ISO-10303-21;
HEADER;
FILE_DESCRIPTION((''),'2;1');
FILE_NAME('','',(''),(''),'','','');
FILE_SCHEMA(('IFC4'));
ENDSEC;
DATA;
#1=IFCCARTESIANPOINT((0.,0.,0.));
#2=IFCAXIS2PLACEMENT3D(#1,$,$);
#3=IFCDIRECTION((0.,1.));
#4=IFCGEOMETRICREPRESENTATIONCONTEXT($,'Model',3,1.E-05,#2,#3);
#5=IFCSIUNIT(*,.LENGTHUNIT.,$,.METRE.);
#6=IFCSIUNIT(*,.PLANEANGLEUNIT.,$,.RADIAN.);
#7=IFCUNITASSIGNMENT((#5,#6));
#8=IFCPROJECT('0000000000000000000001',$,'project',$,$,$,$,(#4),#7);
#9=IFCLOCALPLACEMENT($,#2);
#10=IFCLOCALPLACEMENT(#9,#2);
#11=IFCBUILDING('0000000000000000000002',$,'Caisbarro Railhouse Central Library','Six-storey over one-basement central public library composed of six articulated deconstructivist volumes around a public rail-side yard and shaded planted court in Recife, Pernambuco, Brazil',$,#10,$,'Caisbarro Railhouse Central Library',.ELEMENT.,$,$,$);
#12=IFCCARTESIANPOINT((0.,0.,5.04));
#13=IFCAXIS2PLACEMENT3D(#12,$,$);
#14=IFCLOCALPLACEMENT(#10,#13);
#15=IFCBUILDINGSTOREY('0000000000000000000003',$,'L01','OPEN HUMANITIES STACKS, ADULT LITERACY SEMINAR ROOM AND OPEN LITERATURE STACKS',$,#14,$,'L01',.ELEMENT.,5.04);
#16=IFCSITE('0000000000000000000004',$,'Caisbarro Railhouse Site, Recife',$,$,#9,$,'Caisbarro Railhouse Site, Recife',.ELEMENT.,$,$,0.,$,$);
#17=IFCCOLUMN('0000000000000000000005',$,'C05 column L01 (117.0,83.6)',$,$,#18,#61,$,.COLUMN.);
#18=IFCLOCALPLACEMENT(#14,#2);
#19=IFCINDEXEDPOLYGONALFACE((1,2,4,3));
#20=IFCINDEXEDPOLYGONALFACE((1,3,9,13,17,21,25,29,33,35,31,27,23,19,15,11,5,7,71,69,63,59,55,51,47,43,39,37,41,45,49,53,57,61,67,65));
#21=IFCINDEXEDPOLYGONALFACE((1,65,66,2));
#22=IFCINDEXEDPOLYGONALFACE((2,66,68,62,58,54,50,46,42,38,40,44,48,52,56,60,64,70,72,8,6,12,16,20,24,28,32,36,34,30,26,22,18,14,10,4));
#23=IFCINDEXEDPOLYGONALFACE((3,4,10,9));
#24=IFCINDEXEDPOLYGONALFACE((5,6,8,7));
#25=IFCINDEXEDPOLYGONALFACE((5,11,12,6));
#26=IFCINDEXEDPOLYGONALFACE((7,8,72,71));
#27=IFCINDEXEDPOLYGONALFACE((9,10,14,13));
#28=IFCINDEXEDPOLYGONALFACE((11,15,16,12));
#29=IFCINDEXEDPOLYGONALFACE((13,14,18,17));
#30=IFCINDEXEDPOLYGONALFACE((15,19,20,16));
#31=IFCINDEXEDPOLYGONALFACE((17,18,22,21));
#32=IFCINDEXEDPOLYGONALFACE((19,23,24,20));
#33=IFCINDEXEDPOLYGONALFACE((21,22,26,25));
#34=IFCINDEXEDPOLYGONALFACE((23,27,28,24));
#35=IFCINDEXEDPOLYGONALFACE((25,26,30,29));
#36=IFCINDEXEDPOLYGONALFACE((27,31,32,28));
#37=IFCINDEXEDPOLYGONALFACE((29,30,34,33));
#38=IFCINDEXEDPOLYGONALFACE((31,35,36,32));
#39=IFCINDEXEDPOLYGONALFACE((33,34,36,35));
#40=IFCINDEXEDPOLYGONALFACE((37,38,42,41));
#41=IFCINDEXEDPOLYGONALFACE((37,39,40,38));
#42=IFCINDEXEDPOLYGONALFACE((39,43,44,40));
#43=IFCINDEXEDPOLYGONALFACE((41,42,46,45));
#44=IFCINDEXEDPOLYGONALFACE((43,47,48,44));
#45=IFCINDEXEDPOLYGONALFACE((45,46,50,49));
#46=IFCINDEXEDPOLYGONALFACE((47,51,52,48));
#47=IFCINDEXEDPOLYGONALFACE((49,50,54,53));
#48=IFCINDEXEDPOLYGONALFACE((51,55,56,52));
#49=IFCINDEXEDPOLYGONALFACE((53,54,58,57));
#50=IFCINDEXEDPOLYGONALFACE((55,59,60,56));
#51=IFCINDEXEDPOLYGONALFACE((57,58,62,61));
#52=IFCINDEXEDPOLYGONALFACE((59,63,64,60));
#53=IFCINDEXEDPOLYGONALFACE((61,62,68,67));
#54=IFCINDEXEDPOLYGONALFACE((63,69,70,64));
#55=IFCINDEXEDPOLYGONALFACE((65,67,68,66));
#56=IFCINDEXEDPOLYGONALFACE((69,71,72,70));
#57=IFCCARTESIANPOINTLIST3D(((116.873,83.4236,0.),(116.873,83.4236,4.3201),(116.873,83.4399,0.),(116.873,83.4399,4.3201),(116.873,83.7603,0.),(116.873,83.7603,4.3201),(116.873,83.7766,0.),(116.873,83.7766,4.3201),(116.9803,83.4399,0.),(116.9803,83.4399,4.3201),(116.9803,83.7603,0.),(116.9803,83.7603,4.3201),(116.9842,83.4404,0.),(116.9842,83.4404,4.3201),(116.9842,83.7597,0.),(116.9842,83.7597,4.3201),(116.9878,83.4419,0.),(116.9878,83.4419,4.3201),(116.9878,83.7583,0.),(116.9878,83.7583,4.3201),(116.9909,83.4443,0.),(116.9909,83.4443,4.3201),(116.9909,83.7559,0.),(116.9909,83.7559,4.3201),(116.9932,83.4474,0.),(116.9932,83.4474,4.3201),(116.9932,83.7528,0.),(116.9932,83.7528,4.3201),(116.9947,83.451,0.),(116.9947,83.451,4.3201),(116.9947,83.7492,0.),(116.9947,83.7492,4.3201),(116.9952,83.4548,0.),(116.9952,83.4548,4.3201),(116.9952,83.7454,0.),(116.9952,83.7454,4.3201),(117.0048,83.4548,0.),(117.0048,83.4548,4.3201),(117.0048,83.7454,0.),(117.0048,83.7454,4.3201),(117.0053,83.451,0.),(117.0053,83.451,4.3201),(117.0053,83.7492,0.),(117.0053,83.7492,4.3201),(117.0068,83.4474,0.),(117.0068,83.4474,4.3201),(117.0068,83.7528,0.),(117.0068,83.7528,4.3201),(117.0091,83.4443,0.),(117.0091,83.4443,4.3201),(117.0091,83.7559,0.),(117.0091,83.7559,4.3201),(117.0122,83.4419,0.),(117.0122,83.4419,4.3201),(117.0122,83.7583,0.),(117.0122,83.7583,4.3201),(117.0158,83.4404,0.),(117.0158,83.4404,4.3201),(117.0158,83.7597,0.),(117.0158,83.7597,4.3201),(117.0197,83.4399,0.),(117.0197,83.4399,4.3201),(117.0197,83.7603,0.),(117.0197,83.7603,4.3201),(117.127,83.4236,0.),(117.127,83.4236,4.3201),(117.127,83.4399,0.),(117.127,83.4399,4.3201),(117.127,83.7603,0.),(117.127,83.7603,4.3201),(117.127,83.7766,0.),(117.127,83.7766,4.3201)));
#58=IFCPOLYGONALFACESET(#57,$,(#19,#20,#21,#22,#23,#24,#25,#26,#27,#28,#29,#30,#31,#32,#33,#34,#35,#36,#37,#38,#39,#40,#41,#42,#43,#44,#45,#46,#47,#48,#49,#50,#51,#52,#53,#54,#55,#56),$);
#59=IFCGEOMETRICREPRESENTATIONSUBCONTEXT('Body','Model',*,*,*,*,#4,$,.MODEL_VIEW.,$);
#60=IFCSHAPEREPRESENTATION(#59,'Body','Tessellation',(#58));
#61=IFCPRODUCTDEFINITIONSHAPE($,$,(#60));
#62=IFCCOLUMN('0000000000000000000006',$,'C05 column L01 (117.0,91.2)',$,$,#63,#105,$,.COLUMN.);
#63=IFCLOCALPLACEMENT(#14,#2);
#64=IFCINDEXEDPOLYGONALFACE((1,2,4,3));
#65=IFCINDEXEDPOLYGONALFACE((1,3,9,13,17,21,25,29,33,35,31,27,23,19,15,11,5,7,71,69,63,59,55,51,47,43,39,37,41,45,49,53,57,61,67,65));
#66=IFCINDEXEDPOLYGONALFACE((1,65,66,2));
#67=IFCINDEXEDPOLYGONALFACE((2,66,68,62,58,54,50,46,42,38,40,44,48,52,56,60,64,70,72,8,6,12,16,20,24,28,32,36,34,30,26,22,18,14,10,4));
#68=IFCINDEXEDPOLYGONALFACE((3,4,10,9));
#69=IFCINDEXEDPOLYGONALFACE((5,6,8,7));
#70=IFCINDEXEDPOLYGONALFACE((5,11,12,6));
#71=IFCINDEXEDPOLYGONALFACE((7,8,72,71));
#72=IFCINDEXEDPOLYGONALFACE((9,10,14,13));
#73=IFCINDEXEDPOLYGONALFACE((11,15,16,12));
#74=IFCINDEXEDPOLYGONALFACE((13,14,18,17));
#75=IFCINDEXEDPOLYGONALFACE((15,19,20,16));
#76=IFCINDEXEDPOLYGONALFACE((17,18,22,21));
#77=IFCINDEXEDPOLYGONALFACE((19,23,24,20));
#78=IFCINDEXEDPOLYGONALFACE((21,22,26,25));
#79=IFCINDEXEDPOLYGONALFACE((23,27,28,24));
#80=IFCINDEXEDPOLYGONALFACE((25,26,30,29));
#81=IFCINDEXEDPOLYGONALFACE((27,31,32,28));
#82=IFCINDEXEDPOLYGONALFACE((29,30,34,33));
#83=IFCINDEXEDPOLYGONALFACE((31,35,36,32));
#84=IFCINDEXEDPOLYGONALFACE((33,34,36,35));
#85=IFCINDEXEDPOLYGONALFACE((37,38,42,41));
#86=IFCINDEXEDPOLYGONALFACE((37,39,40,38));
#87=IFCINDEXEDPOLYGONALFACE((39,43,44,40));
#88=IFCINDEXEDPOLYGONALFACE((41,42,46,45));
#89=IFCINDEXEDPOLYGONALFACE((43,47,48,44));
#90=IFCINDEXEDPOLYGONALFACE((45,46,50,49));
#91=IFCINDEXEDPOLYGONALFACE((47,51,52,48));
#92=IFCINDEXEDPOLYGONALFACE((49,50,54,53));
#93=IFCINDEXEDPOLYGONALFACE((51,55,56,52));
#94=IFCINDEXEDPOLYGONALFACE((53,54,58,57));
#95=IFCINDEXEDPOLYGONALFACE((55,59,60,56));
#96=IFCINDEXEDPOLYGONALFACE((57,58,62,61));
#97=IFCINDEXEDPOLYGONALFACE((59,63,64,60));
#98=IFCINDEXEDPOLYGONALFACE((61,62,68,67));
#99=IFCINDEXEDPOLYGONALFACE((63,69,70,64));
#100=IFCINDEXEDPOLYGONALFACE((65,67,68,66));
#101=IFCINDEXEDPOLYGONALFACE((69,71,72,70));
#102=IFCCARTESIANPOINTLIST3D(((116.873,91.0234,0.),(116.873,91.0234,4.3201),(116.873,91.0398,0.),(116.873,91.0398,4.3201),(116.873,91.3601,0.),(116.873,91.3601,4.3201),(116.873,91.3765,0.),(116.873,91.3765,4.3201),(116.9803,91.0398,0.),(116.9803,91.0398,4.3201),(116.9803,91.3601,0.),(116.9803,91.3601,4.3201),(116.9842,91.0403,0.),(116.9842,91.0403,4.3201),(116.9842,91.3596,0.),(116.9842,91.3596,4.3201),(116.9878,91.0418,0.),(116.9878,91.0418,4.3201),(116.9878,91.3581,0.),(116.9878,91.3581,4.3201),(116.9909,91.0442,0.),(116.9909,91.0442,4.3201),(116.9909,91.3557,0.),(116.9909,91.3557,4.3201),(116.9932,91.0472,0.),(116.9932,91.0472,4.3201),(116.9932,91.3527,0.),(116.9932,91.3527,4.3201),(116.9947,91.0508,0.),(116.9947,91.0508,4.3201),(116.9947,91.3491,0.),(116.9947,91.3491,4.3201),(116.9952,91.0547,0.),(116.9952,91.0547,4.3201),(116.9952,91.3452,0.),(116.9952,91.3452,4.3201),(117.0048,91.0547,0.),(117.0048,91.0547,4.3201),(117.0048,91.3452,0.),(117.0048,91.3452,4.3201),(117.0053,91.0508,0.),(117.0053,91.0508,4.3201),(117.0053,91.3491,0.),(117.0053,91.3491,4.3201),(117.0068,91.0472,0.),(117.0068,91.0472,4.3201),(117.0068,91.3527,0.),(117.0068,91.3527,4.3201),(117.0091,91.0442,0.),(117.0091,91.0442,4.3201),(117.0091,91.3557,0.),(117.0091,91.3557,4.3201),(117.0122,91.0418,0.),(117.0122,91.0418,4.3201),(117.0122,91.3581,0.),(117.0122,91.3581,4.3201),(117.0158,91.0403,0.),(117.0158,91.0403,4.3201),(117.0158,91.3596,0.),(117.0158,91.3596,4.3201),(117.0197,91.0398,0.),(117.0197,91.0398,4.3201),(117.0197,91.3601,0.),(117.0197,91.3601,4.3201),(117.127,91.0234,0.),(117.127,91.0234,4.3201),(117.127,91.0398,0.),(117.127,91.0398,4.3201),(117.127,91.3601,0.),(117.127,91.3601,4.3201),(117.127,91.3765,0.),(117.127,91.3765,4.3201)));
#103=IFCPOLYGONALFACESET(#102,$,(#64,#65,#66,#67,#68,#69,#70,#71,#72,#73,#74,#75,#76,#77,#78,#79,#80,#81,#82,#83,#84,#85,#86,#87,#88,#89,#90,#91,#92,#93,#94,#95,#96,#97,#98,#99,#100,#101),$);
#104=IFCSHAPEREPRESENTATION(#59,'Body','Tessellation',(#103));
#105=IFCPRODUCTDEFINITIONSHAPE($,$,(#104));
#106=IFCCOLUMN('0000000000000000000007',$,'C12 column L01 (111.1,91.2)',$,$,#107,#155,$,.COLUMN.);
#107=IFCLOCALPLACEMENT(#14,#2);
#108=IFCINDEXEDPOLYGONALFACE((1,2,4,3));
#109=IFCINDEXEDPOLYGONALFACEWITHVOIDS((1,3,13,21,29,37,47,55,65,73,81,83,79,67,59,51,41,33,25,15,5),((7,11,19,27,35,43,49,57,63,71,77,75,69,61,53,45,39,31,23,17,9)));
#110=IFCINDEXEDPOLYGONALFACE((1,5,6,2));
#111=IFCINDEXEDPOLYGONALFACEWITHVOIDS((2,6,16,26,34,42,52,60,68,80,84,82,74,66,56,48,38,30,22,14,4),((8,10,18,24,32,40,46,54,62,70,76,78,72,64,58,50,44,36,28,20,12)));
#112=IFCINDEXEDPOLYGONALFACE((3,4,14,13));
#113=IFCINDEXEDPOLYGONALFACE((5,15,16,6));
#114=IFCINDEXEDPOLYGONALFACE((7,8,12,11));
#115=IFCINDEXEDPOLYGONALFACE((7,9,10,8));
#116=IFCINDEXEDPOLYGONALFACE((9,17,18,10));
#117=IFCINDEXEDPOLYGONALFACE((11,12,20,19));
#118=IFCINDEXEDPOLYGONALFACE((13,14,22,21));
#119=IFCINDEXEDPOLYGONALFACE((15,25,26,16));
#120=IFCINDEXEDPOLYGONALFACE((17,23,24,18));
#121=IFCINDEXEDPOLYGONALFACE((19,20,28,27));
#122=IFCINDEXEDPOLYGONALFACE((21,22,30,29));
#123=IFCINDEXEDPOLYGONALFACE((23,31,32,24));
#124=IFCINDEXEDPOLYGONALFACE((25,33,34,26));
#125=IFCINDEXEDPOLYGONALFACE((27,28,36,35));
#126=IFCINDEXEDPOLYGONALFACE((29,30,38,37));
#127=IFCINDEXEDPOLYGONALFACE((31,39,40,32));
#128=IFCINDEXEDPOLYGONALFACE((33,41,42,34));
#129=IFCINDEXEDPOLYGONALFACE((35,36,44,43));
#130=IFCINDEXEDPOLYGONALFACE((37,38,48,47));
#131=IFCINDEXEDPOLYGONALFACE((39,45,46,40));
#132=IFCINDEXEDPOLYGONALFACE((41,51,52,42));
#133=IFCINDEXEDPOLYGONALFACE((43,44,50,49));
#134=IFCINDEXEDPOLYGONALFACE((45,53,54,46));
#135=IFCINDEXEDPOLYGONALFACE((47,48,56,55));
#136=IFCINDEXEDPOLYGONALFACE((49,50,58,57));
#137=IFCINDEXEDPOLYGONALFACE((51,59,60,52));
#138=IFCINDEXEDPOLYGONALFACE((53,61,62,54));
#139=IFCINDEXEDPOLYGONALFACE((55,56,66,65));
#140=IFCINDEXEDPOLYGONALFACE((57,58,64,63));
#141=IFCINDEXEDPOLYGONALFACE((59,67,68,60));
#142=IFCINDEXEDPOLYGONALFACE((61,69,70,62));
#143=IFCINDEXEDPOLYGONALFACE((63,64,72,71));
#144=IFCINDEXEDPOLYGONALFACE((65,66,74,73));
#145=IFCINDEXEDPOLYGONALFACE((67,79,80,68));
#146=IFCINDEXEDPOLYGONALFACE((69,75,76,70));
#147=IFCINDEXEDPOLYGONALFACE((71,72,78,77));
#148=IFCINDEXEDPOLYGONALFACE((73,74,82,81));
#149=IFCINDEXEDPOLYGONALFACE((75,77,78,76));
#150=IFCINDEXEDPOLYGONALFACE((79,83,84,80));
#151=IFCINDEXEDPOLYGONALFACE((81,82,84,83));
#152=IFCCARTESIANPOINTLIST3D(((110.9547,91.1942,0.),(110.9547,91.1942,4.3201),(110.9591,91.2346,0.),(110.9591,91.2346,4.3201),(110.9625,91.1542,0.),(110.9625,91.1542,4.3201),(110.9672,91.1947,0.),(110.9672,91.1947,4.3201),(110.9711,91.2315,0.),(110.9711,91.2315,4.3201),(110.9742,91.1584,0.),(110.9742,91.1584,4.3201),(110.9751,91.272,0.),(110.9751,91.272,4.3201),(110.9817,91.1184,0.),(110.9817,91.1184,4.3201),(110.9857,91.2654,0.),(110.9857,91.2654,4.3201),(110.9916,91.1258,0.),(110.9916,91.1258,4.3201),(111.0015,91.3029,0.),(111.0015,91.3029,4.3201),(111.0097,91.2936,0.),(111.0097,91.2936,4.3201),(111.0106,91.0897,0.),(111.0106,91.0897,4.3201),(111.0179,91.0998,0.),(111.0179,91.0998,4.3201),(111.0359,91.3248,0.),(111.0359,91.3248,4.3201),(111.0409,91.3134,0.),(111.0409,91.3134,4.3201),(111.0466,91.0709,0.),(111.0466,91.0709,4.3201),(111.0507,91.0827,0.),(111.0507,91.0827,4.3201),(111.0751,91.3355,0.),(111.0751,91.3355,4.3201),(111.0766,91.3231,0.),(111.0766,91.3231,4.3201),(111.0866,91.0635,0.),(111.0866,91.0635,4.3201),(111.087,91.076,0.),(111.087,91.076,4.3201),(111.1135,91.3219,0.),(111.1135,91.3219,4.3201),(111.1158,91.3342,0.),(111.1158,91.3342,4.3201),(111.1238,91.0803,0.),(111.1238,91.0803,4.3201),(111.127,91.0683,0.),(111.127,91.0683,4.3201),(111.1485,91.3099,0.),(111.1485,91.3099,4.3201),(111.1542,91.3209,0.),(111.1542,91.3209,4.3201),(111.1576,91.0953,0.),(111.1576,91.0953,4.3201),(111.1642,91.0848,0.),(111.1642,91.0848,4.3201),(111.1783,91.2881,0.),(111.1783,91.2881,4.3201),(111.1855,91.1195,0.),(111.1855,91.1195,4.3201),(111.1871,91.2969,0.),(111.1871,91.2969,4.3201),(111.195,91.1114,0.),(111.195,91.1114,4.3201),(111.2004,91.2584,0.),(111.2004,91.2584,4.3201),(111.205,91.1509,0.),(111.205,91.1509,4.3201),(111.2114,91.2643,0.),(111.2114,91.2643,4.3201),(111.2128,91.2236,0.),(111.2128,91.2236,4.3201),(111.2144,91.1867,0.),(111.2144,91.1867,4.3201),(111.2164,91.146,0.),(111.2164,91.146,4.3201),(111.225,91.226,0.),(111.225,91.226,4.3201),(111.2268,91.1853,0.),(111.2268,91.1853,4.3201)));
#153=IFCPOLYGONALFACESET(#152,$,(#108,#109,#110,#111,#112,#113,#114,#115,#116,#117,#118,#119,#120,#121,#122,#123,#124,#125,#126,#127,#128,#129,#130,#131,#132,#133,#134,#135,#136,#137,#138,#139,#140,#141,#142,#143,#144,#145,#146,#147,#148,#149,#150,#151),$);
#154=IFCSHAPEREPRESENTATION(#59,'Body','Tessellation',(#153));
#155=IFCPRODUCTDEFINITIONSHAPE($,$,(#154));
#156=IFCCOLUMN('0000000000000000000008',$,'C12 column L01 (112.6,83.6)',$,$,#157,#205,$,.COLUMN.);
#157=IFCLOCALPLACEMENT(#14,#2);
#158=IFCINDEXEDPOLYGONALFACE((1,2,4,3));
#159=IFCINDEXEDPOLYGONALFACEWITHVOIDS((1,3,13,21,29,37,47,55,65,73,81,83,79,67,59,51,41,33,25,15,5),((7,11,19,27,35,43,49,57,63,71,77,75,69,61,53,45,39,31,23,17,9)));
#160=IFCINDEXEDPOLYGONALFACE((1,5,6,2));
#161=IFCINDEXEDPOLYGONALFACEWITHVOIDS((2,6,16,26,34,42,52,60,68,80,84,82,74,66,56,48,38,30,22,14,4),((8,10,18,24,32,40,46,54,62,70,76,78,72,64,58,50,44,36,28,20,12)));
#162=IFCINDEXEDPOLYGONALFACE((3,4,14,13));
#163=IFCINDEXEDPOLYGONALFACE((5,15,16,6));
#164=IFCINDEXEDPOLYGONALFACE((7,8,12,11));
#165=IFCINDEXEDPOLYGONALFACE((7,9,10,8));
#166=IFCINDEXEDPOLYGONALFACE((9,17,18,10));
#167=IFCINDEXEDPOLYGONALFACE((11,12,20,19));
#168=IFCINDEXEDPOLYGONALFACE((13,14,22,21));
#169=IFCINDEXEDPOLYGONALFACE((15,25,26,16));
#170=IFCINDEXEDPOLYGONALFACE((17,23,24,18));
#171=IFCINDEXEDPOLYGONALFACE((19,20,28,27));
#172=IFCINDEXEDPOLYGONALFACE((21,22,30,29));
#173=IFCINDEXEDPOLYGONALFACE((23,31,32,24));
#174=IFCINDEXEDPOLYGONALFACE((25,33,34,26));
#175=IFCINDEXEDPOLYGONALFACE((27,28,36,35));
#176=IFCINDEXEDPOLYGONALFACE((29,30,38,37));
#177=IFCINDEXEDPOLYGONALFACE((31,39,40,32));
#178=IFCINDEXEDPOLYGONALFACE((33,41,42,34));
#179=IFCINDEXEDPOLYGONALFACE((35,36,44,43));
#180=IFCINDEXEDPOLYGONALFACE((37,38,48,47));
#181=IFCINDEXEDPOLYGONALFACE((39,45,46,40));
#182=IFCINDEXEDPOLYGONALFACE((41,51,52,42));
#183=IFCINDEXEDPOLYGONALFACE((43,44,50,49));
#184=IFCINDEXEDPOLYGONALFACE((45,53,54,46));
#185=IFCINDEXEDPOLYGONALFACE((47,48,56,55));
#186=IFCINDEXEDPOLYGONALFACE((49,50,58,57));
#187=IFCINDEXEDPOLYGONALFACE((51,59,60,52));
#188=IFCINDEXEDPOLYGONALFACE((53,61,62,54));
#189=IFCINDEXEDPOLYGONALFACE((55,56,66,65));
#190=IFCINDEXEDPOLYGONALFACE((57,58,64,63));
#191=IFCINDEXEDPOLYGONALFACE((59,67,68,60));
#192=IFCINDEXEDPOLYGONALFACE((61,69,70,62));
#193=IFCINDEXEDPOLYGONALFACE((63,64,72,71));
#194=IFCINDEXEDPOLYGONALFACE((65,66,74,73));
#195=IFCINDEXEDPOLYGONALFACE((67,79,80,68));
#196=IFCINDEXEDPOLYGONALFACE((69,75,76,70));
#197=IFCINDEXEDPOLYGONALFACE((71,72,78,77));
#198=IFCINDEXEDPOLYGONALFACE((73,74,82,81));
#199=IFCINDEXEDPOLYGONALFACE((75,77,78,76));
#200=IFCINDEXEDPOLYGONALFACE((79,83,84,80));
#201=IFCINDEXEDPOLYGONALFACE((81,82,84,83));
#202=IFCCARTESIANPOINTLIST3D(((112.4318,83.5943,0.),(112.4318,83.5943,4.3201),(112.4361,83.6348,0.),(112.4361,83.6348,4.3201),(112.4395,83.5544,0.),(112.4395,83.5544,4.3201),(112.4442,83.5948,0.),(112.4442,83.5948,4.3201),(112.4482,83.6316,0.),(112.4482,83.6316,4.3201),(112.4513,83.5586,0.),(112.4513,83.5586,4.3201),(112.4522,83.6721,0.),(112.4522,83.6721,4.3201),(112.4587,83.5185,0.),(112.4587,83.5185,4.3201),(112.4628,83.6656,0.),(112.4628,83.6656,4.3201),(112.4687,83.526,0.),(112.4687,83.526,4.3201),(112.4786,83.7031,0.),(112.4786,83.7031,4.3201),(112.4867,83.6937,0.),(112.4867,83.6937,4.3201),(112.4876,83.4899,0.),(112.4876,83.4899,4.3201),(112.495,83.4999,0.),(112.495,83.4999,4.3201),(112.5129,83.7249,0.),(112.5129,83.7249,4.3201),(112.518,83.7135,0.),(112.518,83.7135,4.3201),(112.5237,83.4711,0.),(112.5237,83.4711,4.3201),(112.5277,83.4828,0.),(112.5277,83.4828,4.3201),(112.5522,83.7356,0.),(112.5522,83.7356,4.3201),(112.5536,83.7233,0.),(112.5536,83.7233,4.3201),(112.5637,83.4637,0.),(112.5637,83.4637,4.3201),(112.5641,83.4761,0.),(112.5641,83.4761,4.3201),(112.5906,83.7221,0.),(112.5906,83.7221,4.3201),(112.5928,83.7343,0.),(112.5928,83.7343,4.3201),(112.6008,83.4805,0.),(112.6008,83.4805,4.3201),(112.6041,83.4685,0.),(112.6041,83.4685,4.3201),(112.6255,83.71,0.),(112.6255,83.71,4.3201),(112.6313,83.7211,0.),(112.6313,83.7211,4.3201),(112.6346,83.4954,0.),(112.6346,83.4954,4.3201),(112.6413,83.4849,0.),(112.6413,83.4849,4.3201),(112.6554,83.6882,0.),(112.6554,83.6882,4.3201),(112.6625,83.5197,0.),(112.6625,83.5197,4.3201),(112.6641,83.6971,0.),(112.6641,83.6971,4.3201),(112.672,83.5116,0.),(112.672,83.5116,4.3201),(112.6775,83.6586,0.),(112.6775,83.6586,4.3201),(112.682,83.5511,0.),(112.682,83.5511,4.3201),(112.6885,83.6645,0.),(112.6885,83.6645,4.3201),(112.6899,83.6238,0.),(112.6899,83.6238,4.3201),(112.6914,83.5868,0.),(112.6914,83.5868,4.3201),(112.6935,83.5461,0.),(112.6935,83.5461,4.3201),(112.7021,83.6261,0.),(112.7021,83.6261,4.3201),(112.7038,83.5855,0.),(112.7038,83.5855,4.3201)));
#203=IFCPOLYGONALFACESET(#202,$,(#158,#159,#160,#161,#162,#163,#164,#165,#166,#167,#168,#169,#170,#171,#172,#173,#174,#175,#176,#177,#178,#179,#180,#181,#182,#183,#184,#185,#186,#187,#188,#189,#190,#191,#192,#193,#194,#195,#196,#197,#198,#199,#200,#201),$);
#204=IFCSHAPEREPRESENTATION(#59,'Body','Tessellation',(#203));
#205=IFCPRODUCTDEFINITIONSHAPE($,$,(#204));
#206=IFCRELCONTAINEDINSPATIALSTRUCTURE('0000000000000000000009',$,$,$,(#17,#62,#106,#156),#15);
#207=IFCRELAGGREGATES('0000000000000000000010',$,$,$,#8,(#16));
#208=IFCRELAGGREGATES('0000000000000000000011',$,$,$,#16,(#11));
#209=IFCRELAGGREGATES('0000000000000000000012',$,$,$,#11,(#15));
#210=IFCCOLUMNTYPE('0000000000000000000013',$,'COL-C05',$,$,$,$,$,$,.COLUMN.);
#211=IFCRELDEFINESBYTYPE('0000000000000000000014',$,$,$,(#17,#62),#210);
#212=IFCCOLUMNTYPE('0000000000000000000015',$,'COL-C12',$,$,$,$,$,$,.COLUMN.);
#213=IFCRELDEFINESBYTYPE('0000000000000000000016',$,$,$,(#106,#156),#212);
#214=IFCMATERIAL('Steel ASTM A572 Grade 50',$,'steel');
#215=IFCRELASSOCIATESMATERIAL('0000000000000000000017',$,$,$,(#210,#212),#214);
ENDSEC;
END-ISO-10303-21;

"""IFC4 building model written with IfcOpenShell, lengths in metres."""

from ifc_helpers import new_model, si_unit, direction, frame, origin, origin_2d, place, context, subcontext, project, spatial, hollow_circle, i_section, extrude, material, material_profile, profile_set, type_object, element, save


model = new_model("IFC4")

# Units and contexts
model_context = context("Model", 3, precision=1e-05, world=origin(), true_north=direction((0.0, 1.0)))
body_context = subcontext(model_context, "Body", "Model", "MODEL_VIEW")
ifc_project = project(units=[si_unit("LENGTHUNIT", "METRE"), si_unit("PLANEANGLEUNIT", "RADIAN")], contexts=[model_context])

# Site, building, storey
site_placement = place(None, origin())
site = spatial("IfcSite", under=ifc_project, at=site_placement, Name="Caisbarro Railhouse Site, Recife", LongName="Caisbarro Railhouse Site, Recife", CompositionType="ELEMENT", RefElevation=0.0)
building_placement = place(site_placement, origin())
building = spatial("IfcBuilding", under=site, at=building_placement, Name="Caisbarro Railhouse Central Library", Description="Six-storey over one-basement central public library composed of six articulated deconstructivist volumes around a public rail-side yard and shaded planted court in Recife, Pernambuco, Brazil", LongName="Caisbarro Railhouse Central Library", CompositionType="ELEMENT")
storey_placement = place(building_placement, frame((0.0, 0.0, 5.04)))
storey = spatial("IfcBuildingStorey", under=building, at=storey_placement, Name="L01", Description="OPEN HUMANITIES STACKS, ADULT LITERACY SEMINAR ROOM AND OPEN LITERATURE STACKS", LongName="L01", CompositionType="ELEMENT", Elevation=5.04)

# Columns
ifc_material_1 = material(Name="Steel ASTM A572 Grade 50", Category="steel")
ifc_material_profile_1 = material_profile(ifc_material_1, i_section(OverallWidth=0.2539, OverallDepth=0.353, WebThickness=0.0095, FlangeThickness=0.0164, FilletRadius=0.0149, at=origin_2d()), Name="W360X91.0")
ifc_profile_set_1 = profile_set([ifc_material_profile_1], Name="Steel ASTM A572 Grade 50")
column_type_1 = type_object("IfcColumnType", Name="COL-C05", PredefinedType="COLUMN", material=ifc_profile_set_1)
for number, where, z_axis, x_axis, name in (
    (1, (117.0, 83.6001, 0.0), (0.0, 0.0, 1.0), (1.0, 0.0, 0.0), "C05 column L01 (117.0,83.6)"),
    (2, (117.0, 91.2, 0.0), (0.0, 0.0, 1.0), (1.0, 0.0, 0.0), "C05 column L01 (117.0,91.2)"),
):
    element("IfcColumn", number, at=place(storey_placement, frame(where, z_axis=z_axis, x_axis=x_axis)), inside=storey, type_object=column_type_1, Name=name, PredefinedType="COLUMN", context=body_context, shape_type="SweptSolid", body=[
        extrude(i_section(OverallWidth=0.2539, OverallDepth=0.353, WebThickness=0.0095, FlangeThickness=0.0164, FilletRadius=0.0149, at=origin_2d()), origin(), (0.0, 0.0, 1.0), 4.3201),
    ])
ifc_material_profile_2 = material_profile(ifc_material_1, hollow_circle(Radius=0.1365, WallThickness=0.0125, at=origin_2d()), Name="CHS273.0X12.5")
ifc_profile_set_2 = profile_set([ifc_material_profile_2], Name="Steel ASTM A572 Grade 50")
column_type_2 = type_object("IfcColumnType", Name="COL-C12", PredefinedType="COLUMN", material=ifc_profile_set_2)
for number, where, z_axis, x_axis, name in (
    (3, (111.0911, 91.2, 0.0), (0.0, 0.0, 1.0), (0.981627, 0.190809, 0.0), "C12 column L01 (111.1,91.2)"),
    (4, (112.5681, 83.6001, 0.0), (0.0, 0.0, 1.0), (0.981627, 0.190809, 0.0), "C12 column L01 (112.6,83.6)"),
):
    element("IfcColumn", number, at=place(storey_placement, frame(where, z_axis=z_axis, x_axis=x_axis)), inside=storey, type_object=column_type_2, Name=name, PredefinedType="COLUMN", context=body_context, shape_type="SweptSolid", body=[
        extrude(hollow_circle(Radius=0.1365, WallThickness=0.0125, at=origin_2d()), origin(), (0.0, 0.0, 1.0), 4.3201),
    ])

save(model, "model.ifc")
